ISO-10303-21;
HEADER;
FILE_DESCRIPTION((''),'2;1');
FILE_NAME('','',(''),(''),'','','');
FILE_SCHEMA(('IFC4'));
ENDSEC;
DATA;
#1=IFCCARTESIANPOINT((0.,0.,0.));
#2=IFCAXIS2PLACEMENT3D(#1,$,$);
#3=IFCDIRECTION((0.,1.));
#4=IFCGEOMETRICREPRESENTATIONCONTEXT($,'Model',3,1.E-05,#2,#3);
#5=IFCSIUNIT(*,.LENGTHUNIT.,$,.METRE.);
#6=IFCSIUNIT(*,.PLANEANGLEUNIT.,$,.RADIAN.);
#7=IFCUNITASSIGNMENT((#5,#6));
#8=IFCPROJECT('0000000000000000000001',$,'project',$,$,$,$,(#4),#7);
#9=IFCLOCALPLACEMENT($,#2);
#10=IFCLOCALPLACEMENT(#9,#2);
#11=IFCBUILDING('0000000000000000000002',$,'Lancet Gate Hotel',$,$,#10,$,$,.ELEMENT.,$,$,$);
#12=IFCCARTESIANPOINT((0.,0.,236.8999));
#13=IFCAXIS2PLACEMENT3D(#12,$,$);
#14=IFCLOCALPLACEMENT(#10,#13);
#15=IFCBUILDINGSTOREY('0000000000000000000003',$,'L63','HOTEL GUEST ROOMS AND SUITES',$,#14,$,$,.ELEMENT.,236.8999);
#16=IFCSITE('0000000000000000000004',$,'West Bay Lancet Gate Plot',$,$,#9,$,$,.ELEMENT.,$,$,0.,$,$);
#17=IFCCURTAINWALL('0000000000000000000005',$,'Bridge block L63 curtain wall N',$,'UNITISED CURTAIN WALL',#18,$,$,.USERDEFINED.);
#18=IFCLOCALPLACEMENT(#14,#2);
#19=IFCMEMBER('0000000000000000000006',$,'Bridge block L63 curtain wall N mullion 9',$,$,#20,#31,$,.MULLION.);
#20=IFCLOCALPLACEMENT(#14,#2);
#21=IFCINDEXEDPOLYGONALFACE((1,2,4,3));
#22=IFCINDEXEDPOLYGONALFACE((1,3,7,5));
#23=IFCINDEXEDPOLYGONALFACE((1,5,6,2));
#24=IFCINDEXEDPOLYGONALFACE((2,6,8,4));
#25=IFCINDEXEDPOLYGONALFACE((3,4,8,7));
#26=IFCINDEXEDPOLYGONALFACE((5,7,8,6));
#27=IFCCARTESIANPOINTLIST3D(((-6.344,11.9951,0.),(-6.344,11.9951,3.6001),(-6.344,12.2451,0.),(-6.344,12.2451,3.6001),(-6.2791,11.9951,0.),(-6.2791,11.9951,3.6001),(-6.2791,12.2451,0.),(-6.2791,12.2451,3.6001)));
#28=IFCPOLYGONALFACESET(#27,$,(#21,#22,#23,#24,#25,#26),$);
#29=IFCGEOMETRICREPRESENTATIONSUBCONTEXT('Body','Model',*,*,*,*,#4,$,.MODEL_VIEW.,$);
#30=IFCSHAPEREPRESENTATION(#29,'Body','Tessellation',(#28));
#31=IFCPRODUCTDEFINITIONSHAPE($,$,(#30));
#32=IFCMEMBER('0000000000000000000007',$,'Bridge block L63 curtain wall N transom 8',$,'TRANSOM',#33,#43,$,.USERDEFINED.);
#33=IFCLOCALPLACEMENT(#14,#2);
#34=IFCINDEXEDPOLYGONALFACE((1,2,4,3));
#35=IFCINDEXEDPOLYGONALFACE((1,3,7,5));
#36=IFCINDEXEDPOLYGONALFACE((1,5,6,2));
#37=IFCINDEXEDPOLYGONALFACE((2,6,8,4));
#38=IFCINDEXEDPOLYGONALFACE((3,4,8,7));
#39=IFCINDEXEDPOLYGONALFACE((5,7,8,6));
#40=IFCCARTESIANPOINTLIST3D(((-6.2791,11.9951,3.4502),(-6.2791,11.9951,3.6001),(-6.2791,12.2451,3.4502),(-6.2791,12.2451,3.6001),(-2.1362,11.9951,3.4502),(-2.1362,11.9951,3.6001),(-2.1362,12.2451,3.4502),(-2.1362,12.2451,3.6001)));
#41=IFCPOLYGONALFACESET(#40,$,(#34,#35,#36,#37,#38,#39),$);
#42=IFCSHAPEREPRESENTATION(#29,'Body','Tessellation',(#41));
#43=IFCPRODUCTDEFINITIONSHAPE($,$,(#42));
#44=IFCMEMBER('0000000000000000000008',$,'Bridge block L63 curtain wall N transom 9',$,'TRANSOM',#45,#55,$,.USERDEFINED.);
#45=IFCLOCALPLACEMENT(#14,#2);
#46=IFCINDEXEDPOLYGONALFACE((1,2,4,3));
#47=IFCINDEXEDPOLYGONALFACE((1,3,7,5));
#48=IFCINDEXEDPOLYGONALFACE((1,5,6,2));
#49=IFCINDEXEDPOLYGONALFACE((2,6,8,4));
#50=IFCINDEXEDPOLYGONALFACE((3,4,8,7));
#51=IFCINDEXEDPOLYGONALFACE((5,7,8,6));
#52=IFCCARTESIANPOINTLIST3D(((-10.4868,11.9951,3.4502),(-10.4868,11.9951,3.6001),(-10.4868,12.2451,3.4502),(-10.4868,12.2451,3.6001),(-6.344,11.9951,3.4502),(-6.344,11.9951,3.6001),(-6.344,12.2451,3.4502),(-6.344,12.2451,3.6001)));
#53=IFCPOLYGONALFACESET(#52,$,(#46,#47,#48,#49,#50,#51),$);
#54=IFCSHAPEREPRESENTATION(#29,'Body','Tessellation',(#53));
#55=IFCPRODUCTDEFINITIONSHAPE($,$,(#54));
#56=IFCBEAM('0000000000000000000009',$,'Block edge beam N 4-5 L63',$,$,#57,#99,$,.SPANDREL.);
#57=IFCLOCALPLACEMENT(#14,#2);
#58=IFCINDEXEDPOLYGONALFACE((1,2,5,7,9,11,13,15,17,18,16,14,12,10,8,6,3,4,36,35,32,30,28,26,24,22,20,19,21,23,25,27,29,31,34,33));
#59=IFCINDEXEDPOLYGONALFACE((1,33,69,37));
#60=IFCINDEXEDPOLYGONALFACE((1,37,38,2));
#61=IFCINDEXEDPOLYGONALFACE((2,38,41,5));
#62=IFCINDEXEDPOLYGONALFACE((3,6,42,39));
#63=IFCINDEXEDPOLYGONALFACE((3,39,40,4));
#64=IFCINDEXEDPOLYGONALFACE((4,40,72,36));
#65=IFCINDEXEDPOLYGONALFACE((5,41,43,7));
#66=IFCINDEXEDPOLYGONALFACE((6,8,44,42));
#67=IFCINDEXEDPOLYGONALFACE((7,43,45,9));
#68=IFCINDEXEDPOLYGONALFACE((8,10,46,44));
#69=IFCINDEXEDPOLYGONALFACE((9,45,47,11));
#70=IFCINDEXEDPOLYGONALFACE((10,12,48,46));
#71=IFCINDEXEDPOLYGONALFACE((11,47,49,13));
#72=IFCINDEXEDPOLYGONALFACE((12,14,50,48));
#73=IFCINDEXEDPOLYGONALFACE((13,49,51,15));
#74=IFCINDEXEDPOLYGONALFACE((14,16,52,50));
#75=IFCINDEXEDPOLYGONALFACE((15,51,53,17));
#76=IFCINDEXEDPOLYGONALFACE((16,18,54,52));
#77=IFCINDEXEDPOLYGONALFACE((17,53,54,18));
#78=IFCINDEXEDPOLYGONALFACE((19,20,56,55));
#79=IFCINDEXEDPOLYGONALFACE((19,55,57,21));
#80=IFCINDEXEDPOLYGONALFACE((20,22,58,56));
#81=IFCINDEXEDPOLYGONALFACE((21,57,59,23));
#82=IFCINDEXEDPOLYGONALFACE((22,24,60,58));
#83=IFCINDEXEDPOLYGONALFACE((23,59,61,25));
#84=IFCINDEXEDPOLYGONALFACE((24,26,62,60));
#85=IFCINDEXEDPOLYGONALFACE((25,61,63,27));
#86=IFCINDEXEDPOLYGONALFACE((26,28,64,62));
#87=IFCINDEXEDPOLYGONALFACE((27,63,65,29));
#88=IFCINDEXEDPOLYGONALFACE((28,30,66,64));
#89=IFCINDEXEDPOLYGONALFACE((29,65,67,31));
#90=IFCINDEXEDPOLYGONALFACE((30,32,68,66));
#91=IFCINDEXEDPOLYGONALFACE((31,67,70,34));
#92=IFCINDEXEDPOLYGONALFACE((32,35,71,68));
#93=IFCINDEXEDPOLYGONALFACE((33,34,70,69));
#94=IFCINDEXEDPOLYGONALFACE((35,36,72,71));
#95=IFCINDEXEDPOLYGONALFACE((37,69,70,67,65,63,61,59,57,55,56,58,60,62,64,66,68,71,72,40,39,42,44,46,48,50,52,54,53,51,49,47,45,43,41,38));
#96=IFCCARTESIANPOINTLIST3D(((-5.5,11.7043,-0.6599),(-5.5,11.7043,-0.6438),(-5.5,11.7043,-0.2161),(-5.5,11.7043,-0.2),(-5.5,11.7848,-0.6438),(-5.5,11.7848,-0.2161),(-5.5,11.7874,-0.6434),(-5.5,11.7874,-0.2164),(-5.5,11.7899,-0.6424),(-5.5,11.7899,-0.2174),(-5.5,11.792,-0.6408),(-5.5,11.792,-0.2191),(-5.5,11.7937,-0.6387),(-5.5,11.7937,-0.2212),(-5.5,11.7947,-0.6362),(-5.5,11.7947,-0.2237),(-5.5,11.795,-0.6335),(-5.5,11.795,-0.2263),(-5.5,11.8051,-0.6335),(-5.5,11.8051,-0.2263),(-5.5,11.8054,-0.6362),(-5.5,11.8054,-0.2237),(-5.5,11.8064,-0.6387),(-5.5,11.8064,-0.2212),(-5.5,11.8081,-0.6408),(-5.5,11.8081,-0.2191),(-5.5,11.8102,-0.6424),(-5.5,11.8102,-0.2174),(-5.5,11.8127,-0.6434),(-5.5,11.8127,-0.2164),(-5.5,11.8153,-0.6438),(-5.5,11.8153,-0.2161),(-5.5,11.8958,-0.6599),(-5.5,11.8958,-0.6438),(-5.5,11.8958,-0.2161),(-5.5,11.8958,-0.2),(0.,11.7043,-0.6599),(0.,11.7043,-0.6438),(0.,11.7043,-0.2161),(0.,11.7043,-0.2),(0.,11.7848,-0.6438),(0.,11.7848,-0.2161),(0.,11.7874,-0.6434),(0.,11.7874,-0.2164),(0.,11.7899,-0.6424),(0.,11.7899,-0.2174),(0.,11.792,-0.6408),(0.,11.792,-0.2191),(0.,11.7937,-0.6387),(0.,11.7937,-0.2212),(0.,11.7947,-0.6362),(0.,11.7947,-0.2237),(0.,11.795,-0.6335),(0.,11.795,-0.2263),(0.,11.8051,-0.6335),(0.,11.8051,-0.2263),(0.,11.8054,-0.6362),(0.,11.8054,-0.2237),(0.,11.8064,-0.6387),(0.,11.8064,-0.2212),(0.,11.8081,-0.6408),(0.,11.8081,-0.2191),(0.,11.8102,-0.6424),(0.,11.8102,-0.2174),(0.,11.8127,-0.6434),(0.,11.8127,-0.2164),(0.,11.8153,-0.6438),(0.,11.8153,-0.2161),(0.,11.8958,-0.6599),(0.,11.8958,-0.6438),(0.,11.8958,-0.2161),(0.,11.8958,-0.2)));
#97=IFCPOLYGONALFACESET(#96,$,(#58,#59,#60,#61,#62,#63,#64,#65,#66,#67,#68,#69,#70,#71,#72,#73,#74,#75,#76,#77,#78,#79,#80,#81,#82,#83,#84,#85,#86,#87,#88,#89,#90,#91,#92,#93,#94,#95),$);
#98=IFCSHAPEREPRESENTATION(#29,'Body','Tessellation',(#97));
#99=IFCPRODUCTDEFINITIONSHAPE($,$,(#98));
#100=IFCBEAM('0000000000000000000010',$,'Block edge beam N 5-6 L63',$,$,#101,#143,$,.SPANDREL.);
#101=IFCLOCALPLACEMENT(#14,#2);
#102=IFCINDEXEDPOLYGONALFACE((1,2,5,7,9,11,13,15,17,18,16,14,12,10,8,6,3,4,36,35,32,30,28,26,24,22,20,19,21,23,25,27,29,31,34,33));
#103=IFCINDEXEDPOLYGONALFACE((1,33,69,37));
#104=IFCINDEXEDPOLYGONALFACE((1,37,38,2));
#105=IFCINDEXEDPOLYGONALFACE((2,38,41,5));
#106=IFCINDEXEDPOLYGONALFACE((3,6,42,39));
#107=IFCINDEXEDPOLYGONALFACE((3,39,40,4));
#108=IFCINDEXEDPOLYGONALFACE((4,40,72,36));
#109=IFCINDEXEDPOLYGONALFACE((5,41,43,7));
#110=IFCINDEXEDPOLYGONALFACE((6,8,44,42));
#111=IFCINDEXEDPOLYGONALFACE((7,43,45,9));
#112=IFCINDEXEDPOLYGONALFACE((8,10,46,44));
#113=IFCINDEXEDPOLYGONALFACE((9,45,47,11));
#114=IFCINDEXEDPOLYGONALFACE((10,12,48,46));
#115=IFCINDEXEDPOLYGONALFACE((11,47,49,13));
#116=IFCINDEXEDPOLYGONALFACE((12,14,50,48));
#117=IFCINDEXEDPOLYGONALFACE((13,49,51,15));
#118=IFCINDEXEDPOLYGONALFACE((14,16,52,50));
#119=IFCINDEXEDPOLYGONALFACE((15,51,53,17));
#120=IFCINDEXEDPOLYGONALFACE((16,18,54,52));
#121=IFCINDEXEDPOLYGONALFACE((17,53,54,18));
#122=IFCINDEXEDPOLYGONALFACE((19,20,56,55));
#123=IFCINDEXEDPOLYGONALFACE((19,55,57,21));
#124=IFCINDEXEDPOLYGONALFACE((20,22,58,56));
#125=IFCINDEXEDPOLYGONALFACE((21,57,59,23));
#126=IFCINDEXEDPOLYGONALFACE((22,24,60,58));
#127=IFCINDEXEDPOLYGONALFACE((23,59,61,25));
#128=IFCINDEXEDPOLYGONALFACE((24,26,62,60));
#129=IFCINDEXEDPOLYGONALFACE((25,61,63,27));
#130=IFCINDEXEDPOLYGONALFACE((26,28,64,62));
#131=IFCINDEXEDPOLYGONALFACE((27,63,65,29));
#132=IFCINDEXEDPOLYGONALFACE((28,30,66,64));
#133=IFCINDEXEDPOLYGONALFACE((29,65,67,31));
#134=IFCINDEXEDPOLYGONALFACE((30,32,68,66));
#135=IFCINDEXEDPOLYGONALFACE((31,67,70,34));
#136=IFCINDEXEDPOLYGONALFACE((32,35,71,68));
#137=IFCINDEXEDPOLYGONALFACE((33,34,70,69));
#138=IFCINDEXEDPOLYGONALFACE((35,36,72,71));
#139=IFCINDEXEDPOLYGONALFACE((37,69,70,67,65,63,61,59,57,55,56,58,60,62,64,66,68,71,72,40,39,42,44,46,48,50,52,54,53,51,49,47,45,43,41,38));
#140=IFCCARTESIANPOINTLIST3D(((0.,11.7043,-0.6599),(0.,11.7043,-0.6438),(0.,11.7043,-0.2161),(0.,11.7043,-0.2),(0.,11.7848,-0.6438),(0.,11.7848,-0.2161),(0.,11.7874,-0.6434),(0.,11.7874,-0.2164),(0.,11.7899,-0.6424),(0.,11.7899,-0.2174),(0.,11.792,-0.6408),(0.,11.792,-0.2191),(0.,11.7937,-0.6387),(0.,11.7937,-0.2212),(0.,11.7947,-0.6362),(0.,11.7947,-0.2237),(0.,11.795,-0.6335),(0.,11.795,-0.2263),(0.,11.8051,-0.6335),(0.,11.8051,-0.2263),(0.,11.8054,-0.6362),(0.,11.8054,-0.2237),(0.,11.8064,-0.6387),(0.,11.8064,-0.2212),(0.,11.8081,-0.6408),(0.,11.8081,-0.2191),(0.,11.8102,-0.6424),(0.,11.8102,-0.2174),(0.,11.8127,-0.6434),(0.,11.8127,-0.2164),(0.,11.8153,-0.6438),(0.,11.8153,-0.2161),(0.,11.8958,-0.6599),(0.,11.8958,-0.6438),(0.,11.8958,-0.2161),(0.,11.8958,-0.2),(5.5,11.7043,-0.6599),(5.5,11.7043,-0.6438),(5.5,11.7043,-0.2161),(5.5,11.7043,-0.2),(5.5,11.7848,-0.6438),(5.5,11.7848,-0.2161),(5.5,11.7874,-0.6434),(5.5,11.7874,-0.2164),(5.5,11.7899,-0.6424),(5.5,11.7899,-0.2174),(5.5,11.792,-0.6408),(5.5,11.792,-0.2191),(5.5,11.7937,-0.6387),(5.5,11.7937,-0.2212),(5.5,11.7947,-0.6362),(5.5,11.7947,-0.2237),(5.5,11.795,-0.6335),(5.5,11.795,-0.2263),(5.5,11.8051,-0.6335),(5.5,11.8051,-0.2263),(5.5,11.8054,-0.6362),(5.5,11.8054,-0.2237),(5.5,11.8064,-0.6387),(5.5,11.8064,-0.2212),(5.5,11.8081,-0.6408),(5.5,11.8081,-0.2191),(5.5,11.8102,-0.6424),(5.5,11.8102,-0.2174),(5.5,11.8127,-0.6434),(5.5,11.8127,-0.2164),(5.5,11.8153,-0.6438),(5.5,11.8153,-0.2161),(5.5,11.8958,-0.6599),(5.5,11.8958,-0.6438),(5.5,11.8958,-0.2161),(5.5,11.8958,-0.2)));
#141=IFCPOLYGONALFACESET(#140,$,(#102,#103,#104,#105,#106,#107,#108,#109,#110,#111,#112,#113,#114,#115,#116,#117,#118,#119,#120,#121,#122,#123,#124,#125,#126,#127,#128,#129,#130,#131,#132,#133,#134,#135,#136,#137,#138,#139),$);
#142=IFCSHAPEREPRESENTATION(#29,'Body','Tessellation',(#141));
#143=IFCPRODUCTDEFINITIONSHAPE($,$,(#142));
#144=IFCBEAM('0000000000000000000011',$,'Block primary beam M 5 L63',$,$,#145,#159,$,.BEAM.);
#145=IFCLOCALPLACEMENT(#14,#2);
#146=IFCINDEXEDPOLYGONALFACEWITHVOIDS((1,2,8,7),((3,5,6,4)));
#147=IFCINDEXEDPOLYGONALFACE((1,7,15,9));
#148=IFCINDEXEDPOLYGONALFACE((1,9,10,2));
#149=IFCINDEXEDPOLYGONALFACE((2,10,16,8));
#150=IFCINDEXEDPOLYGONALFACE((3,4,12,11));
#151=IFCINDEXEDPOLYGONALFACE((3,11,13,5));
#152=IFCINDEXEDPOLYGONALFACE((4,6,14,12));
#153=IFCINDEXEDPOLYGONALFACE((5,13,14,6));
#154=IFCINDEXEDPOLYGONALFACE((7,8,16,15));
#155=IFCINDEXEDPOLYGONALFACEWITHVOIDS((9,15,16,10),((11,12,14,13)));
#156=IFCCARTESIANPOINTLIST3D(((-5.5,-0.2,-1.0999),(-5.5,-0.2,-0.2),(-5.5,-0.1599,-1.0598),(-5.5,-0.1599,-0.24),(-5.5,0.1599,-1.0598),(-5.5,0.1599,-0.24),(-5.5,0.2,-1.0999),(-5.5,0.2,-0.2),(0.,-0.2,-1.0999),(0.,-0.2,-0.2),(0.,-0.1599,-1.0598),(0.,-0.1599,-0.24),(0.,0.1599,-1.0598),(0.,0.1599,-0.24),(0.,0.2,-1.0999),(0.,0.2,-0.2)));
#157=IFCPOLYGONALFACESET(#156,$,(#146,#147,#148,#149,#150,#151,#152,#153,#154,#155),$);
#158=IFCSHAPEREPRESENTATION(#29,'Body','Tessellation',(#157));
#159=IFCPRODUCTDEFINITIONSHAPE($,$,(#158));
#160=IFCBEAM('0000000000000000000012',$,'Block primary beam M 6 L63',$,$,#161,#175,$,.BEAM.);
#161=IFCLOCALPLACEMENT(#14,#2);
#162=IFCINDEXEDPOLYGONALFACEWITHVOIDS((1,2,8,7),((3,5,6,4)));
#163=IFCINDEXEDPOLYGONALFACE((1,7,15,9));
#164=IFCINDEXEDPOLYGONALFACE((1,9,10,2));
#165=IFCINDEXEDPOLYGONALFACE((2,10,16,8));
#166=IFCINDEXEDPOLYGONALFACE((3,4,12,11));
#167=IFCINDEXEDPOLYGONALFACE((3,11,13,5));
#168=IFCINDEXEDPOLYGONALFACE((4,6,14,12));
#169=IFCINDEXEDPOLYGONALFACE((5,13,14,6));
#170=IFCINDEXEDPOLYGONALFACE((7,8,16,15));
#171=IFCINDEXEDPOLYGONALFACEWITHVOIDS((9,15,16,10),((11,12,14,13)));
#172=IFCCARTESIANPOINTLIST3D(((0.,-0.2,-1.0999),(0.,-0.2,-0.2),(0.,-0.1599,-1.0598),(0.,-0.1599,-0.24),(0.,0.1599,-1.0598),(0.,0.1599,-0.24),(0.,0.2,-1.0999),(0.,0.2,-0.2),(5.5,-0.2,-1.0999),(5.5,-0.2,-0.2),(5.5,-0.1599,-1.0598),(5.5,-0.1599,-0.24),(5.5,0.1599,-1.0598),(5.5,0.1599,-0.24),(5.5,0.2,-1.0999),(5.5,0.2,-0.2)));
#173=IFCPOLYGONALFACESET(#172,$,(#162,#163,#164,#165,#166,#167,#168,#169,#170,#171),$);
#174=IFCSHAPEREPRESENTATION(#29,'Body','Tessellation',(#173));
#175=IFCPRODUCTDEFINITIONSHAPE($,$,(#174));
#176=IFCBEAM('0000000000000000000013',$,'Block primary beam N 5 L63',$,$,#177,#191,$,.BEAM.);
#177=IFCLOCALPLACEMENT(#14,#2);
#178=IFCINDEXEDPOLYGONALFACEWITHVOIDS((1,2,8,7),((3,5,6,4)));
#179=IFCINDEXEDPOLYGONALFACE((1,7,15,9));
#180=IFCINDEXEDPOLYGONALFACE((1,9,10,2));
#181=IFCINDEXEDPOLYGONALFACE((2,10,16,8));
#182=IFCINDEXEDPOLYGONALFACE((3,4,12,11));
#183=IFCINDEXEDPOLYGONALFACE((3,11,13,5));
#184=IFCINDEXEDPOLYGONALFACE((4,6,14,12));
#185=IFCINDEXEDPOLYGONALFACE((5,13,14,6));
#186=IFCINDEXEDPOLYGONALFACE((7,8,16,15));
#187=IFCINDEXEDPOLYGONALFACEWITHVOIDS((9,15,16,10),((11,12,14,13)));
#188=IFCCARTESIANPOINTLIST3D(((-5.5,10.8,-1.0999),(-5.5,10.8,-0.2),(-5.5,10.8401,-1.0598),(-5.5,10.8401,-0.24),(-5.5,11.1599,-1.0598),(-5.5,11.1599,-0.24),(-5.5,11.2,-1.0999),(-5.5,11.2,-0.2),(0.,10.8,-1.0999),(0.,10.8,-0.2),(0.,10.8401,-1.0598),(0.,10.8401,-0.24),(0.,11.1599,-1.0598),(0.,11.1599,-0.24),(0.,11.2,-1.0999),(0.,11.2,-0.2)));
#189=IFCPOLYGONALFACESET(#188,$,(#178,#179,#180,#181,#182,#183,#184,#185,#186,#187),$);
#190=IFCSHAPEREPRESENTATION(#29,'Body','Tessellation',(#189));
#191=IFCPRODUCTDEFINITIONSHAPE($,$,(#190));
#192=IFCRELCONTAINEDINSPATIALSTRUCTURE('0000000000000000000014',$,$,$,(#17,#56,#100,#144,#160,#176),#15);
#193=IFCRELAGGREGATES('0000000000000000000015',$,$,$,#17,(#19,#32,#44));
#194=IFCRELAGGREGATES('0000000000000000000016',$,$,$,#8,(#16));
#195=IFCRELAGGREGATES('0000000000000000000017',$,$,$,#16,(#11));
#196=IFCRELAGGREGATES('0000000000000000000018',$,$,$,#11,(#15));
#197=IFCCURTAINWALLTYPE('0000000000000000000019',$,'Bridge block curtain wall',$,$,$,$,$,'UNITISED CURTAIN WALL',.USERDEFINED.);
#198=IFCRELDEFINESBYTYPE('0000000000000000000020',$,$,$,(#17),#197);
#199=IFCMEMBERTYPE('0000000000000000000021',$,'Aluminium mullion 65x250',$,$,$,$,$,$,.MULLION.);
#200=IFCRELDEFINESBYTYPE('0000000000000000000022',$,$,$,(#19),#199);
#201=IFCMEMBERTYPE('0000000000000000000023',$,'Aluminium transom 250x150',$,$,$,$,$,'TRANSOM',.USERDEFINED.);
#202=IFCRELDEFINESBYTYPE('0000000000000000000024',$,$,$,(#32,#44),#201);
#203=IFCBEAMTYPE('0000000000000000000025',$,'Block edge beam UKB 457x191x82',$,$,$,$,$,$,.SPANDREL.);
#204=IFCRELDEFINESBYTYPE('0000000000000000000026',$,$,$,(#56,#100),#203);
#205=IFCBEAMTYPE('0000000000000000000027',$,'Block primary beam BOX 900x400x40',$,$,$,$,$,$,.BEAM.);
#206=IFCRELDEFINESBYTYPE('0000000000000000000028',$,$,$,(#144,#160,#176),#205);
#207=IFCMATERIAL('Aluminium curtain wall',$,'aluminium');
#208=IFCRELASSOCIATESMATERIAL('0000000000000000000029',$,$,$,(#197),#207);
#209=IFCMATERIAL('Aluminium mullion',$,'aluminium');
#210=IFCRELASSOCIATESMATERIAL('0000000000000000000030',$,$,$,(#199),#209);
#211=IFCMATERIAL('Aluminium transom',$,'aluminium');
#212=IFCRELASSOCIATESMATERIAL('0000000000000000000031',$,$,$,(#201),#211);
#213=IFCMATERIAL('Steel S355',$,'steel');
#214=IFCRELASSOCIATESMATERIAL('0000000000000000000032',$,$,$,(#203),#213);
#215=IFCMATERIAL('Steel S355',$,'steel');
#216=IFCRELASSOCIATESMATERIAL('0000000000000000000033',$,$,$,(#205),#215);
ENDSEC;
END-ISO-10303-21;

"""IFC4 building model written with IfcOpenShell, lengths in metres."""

from ifc_helpers import new_model, si_unit, direction, frame, origin, origin_2d, place, context, subcontext, project, spatial, rectangle, hollow_rectangle, i_section, extrude, material, material_profile, profile_set, type_object, element, aggregate, save


model = new_model("IFC4")

# Units and contexts
model_context = context("Model", 3, precision=1e-05, world=origin(), true_north=direction((0.0, 1.0)))
body_context = subcontext(model_context, "Body", "Model", "MODEL_VIEW")
ifc_project = project(units=[si_unit("LENGTHUNIT", "METRE"), si_unit("PLANEANGLEUNIT", "RADIAN")], contexts=[model_context])

# Site, building, storey
site_placement = place(None, origin())
site = spatial("IfcSite", under=ifc_project, at=site_placement, Name="West Bay Lancet Gate Plot", CompositionType="ELEMENT", RefElevation=0.0)
building_placement = place(site_placement, origin())
building = spatial("IfcBuilding", under=site, at=building_placement, Name="Lancet Gate Hotel", CompositionType="ELEMENT")
storey_placement = place(building_placement, frame((0.0, 0.0, 236.8999)))
storey = spatial("IfcBuildingStorey", under=building, at=storey_placement, Name="L63", Description="HOTEL GUEST ROOMS AND SUITES", CompositionType="ELEMENT", Elevation=236.8999)

# Curtain wall, members
ifc_material_1 = material(Name="Aluminium curtain wall", Category="aluminium")
curtain_wall_type = type_object("IfcCurtainWallType", Name="Bridge block curtain wall", ElementType="UNITISED CURTAIN WALL", PredefinedType="USERDEFINED", material=ifc_material_1)
curtain_wall_placement = place(storey_placement, origin())
curtain_wall = element("IfcCurtainWall", 1, at=curtain_wall_placement, inside=storey, type_object=curtain_wall_type, Name="Bridge block L63 curtain wall N", ObjectType="UNITISED CURTAIN WALL", PredefinedType="USERDEFINED")
ifc_material_2 = material(Name="Aluminium mullion", Category="aluminium")
ifc_material_profile_1 = material_profile(ifc_material_2, rectangle(XDim=0.0649, YDim=0.25, at=origin_2d()), Name="MULLION 65x250")
ifc_profile_set_1 = profile_set([ifc_material_profile_1], Name="Aluminium mullion")
member_type_1 = type_object("IfcMemberType", Name="Aluminium mullion 65x250", PredefinedType="MULLION", material=ifc_profile_set_1)
member_1_placement = place(storey_placement, frame((-6.3115, 12.1201, 0.0), z_axis=(0.0, 0.0, 1.0), x_axis=(-1.0, 0.0, 0.0)))
member_1 = element("IfcMember", 2, at=member_1_placement, type_object=member_type_1, Name="Bridge block L63 curtain wall N mullion 9", PredefinedType="MULLION", context=body_context, shape_type="SweptSolid", body=[
    extrude(rectangle(XDim=0.0649, YDim=0.25, at=origin_2d()), origin(), (0.0, 0.0, 1.0), 3.6001),
])
ifc_material_3 = material(Name="Aluminium transom", Category="aluminium")
ifc_material_profile_2 = material_profile(ifc_material_3, rectangle(XDim=0.25, YDim=0.1499, at=origin_2d()), Name="TRANSOM 250x150")
ifc_profile_set_2 = profile_set([ifc_material_profile_2], Name="Aluminium transom")
member_type_2 = type_object("IfcMemberType", Name="Aluminium transom 250x150", ElementType="TRANSOM", PredefinedType="USERDEFINED", material=ifc_profile_set_2)
member_2_placement = place(storey_placement, frame((-2.1362, 12.1201, 3.5251), z_axis=(-1.0, 0.0, 0.0), x_axis=(0.0, -1.0, 0.0)))
member_2 = element("IfcMember", 3, at=member_2_placement, type_object=member_type_2, Name="Bridge block L63 curtain wall N transom 8", ObjectType="TRANSOM", PredefinedType="USERDEFINED", context=body_context, shape_type="SweptSolid", body=[
    extrude(rectangle(XDim=0.25, YDim=0.1499, at=origin_2d()), origin(), (0.0, 0.0, 1.0), 4.1428),
])
member_3_placement = place(storey_placement, frame((-6.344, 12.1201, 3.5251), z_axis=(-1.0, 0.0, 0.0), x_axis=(0.0, -1.0, 0.0)))
member_3 = element("IfcMember", 4, at=member_3_placement, type_object=member_type_2, Name="Bridge block L63 curtain wall N transom 9", ObjectType="TRANSOM", PredefinedType="USERDEFINED", context=body_context, shape_type="SweptSolid", body=[
    extrude(rectangle(XDim=0.25, YDim=0.1499, at=origin_2d()), origin(), (0.0, 0.0, 1.0), 4.1428),
])

# Beams
ifc_material_4 = material(Name="Steel S355", Category="steel")
ifc_material_profile_3 = material_profile(ifc_material_4, i_section(OverallWidth=0.1914, OverallDepth=0.46, WebThickness=0.01, FlangeThickness=0.0161, FilletRadius=0.0103, at=origin_2d()), Name="UKB 457x191x82")
ifc_profile_set_3 = profile_set([ifc_material_profile_3], Name="Steel S355")
beam_type_1 = type_object("IfcBeamType", Name="Block edge beam UKB 457x191x82", PredefinedType="SPANDREL", material=ifc_profile_set_3)
for number, where, z_axis, x_axis, name in (
    (5, (-5.5, 11.8, -0.4299), (1.0, 0.0, 0.0), (0.0, 1.0, 0.0), "Block edge beam N 4-5 L63"),
    (6, (0.0, 11.8, -0.4299), (1.0, 0.0, 0.0), (0.0, 1.0, 0.0), "Block edge beam N 5-6 L63"),
):
    element("IfcBeam", number, at=place(storey_placement, frame(where, z_axis=z_axis, x_axis=x_axis)), inside=storey, type_object=beam_type_1, Name=name, PredefinedType="SPANDREL", context=body_context, shape_type="SweptSolid", body=[
        extrude(i_section(OverallWidth=0.1914, OverallDepth=0.46, WebThickness=0.01, FlangeThickness=0.0161, FilletRadius=0.0103, at=origin_2d()), origin(), (0.0, 0.0, 1.0), 5.5),
    ])
ifc_material_5 = material(Name="Steel S355", Category="steel")
ifc_material_profile_4 = material_profile(ifc_material_5, hollow_rectangle(XDim=0.3999, YDim=0.8999, WallThickness=0.04, at=origin_2d()), Name="BOX 900x400x40")
ifc_profile_set_4 = profile_set([ifc_material_profile_4], Name="Steel S355")
beam_type_2 = type_object("IfcBeamType", Name="Block primary beam BOX 900x400x40", PredefinedType="BEAM", material=ifc_profile_set_4)
for number, where, z_axis, x_axis, name in (
    (7, (-5.5, 0.0, -0.6499), (1.0, 0.0, 0.0), (0.0, 1.0, 0.0), "Block primary beam M 5 L63"),
    (8, (0.0, 0.0, -0.6499), (1.0, 0.0, 0.0), (0.0, 1.0, 0.0), "Block primary beam M 6 L63"),
    (9, (-5.5, 11.0, -0.6499), (1.0, 0.0, 0.0), (0.0, 1.0, 0.0), "Block primary beam N 5 L63"),
):
    element("IfcBeam", number, at=place(storey_placement, frame(where, z_axis=z_axis, x_axis=x_axis)), inside=storey, type_object=beam_type_2, Name=name, PredefinedType="BEAM", context=body_context, shape_type="SweptSolid", body=[
        extrude(hollow_rectangle(XDim=0.3999, YDim=0.8999, WallThickness=0.04, at=origin_2d()), origin(), (0.0, 0.0, 1.0), 5.5),
    ])

aggregate(curtain_wall, [member_1, member_2, member_3])

save(model, "model.ifc")
